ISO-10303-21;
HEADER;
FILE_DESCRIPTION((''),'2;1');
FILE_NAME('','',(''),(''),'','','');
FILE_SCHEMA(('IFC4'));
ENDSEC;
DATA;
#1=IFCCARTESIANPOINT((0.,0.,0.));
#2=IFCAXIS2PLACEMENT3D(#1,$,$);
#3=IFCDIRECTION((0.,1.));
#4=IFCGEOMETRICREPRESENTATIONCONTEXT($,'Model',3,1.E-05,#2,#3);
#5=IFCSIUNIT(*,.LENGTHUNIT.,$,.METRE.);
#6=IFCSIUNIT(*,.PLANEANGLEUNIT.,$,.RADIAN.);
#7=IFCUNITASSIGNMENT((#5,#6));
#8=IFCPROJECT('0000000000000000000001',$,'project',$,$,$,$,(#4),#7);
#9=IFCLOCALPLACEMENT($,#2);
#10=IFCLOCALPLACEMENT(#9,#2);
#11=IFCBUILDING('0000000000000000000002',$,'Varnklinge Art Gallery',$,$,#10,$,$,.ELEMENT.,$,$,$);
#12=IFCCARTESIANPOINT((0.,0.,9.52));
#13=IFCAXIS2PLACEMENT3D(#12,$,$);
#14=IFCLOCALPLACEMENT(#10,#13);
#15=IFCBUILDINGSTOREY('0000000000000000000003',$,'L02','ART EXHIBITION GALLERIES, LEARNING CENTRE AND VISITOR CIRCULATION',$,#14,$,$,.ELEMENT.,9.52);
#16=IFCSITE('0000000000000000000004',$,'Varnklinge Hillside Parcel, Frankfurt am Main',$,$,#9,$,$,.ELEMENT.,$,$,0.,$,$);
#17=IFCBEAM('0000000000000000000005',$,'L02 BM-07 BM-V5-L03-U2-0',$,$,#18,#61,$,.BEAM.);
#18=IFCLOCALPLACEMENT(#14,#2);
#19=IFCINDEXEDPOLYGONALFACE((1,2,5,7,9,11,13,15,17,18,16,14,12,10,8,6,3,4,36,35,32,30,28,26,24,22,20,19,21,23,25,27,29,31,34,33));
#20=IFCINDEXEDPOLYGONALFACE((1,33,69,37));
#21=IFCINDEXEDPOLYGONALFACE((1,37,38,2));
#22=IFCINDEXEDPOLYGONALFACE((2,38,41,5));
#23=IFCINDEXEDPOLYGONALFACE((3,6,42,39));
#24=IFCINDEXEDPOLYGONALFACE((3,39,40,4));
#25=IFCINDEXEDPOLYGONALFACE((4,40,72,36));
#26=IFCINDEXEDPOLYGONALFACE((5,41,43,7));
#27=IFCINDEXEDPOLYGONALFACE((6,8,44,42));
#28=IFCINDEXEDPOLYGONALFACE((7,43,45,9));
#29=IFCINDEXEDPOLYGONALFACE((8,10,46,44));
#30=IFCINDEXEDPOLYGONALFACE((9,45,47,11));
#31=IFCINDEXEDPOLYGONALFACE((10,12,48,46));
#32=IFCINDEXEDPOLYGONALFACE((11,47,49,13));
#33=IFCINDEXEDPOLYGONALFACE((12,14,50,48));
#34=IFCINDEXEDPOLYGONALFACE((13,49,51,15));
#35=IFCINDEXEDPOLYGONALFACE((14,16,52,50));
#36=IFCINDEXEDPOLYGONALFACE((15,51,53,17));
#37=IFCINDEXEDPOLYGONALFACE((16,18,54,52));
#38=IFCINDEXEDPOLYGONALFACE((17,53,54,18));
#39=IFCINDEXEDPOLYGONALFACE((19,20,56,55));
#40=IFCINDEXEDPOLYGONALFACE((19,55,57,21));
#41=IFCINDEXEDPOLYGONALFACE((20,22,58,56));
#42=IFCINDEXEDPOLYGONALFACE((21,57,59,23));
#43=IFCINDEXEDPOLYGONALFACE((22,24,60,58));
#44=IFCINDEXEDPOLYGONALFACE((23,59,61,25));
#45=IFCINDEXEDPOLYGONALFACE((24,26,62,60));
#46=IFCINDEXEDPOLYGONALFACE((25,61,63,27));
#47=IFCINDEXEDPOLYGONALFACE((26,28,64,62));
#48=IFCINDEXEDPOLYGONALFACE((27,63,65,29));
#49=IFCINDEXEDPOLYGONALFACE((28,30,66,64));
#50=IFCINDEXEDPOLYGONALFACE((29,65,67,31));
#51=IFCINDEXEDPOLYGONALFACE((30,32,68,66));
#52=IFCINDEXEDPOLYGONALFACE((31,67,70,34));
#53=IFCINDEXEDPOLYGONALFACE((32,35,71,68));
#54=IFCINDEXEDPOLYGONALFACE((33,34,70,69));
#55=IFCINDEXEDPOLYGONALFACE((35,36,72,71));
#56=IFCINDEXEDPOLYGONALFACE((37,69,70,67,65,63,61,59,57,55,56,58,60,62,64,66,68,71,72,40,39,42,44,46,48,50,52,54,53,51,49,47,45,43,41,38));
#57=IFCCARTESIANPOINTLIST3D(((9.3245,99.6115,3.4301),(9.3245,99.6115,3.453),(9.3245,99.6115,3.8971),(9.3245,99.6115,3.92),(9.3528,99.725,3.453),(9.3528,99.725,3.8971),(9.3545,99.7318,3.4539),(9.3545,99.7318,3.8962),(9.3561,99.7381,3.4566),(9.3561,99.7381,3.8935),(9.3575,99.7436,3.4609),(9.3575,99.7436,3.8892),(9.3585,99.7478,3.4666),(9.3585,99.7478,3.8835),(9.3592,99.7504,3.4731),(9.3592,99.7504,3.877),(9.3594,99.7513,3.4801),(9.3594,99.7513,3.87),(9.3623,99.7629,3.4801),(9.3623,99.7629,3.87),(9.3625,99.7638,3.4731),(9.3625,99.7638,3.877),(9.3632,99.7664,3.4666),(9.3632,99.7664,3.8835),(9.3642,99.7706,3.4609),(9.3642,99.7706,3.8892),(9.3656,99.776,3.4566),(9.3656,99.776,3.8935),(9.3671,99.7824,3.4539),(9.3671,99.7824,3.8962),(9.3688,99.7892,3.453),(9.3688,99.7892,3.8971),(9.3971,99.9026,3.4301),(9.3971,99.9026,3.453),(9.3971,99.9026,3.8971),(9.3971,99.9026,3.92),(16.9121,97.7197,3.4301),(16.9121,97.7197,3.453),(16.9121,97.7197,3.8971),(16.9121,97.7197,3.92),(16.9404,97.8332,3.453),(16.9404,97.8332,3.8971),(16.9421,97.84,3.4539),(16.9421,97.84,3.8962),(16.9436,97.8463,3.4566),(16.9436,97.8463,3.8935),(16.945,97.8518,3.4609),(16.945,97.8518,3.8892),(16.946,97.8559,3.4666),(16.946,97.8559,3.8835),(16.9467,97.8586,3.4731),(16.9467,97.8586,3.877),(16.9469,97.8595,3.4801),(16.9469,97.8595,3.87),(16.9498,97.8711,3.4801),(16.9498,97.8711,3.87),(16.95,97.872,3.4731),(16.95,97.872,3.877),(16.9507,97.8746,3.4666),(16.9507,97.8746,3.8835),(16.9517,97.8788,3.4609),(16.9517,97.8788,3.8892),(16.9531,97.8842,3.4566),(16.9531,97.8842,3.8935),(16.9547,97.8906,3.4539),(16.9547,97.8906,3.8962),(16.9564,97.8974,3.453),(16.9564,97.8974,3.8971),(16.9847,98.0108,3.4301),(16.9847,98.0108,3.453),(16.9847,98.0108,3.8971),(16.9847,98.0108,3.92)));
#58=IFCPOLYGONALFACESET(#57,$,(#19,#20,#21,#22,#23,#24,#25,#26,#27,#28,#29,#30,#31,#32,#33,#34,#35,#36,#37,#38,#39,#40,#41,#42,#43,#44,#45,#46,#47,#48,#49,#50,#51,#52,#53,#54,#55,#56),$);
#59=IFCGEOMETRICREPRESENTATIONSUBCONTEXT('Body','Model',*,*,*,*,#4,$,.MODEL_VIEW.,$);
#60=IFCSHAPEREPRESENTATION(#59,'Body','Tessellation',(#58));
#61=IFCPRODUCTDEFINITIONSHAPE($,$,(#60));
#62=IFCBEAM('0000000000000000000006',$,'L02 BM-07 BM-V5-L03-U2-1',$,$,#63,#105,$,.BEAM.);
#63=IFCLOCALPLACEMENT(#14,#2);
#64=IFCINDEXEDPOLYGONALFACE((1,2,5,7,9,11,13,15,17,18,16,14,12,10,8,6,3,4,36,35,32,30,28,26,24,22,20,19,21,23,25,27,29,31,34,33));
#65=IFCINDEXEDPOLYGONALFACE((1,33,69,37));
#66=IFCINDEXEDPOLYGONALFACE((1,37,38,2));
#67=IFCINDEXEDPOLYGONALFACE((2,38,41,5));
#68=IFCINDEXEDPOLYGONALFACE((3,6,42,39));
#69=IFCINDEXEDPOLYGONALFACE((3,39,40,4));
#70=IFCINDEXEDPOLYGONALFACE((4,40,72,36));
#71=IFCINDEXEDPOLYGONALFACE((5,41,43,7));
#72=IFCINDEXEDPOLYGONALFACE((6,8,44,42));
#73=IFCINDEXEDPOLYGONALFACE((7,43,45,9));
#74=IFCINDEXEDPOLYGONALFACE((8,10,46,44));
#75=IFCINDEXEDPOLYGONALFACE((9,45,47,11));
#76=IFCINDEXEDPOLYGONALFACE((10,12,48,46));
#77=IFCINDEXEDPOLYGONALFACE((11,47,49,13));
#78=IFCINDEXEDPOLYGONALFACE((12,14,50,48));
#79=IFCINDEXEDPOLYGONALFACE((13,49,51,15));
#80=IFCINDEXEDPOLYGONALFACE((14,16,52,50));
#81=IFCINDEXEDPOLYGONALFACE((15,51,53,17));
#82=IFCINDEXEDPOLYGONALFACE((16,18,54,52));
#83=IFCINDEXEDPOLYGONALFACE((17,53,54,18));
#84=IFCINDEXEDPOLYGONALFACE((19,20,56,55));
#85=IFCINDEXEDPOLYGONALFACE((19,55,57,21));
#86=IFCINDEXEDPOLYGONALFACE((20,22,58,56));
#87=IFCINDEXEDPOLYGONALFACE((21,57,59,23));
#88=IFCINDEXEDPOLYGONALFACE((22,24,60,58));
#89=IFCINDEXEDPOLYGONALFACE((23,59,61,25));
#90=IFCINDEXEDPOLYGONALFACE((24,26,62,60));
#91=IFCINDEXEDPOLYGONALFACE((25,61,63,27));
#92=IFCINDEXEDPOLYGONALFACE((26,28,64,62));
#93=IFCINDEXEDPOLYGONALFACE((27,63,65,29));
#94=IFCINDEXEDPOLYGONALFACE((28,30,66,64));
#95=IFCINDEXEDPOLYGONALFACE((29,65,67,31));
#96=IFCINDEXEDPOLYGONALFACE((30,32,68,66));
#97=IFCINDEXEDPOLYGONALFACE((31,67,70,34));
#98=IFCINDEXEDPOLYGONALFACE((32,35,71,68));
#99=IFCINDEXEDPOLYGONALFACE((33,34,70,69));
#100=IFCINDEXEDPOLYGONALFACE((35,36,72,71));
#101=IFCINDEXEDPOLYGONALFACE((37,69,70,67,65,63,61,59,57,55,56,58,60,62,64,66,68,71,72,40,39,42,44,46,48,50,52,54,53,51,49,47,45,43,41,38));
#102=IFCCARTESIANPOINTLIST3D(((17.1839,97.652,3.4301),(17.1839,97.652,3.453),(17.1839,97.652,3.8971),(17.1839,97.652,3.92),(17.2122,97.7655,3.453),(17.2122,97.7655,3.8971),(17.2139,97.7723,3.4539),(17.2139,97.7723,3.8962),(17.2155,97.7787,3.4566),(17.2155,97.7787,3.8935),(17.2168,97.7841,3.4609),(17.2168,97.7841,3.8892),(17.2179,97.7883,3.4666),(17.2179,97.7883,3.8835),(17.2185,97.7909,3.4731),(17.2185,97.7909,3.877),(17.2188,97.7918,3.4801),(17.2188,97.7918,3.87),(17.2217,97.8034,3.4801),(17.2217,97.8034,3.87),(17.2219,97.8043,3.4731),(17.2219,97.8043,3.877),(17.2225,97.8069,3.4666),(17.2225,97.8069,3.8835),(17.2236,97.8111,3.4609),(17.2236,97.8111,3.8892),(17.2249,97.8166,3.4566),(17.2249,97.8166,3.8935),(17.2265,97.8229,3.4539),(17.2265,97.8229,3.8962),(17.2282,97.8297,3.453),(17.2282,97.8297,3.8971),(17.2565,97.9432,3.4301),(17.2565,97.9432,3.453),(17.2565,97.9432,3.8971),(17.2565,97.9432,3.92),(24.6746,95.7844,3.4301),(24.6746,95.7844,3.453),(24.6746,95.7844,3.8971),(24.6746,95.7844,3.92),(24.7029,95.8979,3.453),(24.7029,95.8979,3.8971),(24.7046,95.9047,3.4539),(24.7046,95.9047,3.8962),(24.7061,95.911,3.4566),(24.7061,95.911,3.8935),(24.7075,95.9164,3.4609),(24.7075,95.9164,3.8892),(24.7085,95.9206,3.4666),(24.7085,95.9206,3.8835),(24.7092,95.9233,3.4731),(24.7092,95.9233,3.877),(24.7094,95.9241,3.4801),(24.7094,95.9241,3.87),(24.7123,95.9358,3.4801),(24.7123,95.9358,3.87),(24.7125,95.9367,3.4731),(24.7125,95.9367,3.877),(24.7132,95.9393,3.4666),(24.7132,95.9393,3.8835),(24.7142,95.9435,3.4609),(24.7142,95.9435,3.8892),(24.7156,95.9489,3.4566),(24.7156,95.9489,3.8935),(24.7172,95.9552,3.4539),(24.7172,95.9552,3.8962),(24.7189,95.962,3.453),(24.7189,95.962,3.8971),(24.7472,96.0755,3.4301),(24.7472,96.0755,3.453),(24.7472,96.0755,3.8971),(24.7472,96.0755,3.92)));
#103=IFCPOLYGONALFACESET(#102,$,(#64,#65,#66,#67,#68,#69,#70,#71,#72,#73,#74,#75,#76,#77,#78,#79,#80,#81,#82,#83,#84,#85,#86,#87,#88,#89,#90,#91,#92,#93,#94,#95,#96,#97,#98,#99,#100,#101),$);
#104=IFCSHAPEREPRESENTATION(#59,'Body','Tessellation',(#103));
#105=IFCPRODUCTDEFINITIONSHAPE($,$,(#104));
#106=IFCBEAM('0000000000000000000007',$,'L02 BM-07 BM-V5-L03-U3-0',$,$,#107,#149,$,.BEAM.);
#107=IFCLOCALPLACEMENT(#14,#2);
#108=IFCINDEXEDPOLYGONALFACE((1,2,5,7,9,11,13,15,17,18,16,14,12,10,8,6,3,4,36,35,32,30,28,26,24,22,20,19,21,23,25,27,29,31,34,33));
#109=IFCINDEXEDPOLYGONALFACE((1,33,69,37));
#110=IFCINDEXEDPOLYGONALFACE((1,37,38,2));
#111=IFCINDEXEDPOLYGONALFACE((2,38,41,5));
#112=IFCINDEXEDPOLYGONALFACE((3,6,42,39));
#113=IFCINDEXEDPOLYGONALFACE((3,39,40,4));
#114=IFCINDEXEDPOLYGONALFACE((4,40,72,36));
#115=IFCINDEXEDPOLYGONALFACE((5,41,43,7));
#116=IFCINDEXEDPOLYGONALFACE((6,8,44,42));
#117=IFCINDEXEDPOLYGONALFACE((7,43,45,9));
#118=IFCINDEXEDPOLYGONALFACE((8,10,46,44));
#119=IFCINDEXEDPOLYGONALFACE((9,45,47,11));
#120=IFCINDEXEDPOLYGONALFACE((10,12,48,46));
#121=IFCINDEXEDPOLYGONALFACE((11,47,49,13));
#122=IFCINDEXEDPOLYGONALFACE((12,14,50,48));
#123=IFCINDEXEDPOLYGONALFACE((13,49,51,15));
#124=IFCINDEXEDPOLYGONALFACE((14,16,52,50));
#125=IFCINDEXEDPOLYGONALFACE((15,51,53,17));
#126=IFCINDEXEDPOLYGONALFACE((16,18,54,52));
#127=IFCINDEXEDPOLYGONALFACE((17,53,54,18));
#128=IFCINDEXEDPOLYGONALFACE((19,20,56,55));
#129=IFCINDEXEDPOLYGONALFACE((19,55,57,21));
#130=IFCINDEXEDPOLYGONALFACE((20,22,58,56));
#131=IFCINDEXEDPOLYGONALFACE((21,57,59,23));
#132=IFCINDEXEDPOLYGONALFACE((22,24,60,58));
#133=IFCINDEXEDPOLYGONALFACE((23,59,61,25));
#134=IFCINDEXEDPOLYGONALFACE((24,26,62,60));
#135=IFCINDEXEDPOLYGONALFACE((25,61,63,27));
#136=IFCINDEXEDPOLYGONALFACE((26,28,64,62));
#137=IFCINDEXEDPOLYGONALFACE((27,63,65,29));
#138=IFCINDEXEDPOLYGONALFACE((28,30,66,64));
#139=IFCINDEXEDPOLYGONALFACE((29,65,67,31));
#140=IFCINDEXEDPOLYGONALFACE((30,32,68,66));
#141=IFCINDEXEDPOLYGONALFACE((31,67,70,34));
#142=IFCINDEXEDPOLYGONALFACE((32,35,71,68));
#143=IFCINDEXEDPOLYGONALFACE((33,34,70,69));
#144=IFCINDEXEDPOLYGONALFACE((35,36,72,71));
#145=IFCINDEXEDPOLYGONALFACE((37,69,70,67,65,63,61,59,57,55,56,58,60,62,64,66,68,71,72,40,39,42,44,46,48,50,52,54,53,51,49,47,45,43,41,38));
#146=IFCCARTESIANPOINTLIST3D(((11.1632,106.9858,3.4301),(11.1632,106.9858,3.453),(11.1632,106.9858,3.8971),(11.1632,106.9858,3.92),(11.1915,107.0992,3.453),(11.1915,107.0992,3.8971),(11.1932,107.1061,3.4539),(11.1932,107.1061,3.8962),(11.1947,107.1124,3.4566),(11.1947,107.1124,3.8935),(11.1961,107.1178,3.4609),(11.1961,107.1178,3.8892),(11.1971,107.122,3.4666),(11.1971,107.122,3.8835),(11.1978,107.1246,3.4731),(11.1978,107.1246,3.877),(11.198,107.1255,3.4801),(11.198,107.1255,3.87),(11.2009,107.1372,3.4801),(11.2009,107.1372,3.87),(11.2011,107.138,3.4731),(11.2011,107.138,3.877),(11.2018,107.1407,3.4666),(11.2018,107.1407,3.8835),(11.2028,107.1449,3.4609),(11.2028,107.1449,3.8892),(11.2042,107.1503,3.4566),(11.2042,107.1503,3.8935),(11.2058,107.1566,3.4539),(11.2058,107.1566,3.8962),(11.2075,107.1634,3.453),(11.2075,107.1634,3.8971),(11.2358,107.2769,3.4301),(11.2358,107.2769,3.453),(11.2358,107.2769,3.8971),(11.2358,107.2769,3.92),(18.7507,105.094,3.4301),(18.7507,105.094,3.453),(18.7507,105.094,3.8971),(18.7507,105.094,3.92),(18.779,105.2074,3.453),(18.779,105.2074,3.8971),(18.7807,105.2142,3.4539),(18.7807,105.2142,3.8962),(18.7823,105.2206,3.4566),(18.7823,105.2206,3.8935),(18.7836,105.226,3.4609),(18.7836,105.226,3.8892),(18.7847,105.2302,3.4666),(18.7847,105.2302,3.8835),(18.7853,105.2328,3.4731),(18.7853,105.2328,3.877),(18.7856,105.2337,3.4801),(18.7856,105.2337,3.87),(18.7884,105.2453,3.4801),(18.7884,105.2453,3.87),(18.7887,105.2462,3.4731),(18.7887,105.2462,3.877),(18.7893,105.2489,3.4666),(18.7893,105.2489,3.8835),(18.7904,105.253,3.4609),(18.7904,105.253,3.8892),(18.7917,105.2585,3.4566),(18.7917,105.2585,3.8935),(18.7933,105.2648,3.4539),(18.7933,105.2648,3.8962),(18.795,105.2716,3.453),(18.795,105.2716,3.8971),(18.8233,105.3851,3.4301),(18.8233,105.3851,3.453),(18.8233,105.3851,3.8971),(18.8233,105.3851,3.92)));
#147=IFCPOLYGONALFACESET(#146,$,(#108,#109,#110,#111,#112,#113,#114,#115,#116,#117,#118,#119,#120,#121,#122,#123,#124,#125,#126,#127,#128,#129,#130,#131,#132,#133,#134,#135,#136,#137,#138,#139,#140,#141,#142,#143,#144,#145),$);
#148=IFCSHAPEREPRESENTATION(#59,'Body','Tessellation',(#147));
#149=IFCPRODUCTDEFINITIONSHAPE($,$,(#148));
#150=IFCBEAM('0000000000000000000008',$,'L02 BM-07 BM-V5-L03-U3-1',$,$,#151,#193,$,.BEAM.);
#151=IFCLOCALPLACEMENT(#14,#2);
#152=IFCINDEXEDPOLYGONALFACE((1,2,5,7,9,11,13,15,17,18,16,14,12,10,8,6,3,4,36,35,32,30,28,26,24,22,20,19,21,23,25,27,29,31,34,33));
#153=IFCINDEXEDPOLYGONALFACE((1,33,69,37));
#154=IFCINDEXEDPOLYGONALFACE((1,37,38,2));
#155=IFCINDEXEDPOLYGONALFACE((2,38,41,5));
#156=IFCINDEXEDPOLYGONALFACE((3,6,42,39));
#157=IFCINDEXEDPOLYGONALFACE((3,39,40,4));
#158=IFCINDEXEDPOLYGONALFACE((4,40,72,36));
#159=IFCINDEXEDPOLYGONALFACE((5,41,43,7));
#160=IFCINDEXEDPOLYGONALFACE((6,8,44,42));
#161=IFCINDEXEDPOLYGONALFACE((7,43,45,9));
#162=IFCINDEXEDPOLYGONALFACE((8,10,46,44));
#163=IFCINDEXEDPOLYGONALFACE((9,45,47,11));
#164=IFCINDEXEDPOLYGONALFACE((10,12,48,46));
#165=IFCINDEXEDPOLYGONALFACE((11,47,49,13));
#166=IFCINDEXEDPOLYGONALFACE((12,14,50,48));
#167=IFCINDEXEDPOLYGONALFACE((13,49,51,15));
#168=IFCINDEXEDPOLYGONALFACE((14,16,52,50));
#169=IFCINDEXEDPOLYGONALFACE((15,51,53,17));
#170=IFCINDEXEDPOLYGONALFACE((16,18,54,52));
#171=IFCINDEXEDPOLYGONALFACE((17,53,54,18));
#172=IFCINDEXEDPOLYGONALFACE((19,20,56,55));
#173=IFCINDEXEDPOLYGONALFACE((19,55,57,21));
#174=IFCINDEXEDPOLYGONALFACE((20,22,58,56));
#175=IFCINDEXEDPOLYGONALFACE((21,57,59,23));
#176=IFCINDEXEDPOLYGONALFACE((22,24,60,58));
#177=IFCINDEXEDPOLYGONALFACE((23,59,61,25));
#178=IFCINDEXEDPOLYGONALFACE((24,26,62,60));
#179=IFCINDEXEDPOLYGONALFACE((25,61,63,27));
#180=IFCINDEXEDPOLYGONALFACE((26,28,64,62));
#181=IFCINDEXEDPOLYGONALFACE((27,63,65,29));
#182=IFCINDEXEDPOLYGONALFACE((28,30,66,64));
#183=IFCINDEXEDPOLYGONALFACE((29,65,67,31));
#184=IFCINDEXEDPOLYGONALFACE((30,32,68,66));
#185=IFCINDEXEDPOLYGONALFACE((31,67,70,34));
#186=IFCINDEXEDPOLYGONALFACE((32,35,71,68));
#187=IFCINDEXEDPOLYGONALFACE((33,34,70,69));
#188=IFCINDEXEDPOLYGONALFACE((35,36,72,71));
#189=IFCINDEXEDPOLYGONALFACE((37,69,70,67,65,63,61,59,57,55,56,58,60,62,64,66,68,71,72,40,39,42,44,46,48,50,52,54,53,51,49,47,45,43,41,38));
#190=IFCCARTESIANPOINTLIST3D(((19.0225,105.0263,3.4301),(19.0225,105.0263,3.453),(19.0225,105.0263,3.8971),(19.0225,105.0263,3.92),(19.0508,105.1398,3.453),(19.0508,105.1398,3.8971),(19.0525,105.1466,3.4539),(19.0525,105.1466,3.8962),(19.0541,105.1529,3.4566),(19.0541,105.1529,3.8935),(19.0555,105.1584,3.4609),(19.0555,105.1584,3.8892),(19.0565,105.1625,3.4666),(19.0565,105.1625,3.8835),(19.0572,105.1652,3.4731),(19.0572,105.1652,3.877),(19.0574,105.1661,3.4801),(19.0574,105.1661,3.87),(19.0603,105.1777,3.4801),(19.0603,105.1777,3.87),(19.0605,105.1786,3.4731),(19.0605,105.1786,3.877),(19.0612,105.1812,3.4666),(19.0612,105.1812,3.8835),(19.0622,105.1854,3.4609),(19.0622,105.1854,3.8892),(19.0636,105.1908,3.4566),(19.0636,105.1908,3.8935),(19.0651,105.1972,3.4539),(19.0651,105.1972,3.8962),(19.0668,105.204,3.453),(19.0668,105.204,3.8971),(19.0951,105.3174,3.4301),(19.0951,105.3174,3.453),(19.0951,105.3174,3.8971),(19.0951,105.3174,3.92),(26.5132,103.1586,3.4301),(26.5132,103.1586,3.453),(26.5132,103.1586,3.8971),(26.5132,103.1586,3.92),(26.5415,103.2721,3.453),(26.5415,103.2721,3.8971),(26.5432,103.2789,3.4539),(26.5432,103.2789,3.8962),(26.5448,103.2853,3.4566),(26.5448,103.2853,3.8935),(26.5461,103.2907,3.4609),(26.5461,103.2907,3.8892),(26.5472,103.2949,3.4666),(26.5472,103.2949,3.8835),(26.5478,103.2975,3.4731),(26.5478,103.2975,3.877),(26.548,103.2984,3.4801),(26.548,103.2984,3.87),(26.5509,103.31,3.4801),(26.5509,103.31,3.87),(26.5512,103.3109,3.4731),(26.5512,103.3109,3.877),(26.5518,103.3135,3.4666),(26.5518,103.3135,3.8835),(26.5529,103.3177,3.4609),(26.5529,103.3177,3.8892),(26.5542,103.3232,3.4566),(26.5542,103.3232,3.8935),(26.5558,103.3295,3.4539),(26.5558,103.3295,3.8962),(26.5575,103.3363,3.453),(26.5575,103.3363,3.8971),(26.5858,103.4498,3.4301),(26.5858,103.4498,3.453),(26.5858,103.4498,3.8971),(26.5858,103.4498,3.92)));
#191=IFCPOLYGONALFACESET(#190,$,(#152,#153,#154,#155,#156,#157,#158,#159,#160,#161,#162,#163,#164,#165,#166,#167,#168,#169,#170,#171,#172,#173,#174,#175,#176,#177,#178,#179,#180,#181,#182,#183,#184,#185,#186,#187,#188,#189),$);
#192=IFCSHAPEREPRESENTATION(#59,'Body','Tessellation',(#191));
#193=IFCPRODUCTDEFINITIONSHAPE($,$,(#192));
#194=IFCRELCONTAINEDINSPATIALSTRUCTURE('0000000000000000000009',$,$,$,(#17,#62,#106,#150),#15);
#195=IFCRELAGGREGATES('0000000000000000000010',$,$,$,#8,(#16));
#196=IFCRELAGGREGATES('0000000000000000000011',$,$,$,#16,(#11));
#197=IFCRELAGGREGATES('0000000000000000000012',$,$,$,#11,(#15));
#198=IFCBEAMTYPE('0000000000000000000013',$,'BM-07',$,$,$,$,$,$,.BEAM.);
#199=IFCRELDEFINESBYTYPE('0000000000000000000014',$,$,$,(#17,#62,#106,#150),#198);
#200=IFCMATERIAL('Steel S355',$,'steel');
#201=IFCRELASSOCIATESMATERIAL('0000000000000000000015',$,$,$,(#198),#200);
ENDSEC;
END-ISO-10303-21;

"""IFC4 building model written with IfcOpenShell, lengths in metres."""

from ifc_helpers import new_model, si_unit, direction, frame, origin, origin_2d, place, context, subcontext, project, spatial, i_section, extrude, material, material_profile, profile_set, type_object, element, save


model = new_model("IFC4")

# Units and contexts
model_context = context("Model", 3, precision=1e-05, world=origin(), true_north=direction((0.0, 1.0)))
body_context = subcontext(model_context, "Body", "Model", "MODEL_VIEW")
ifc_project = project(units=[si_unit("LENGTHUNIT", "METRE"), si_unit("PLANEANGLEUNIT", "RADIAN")], contexts=[model_context])

# Site, building, storey
site_placement = place(None, origin())
site = spatial("IfcSite", under=ifc_project, at=site_placement, Name="Varnklinge Hillside Parcel, Frankfurt am Main", CompositionType="ELEMENT", RefElevation=0.0)
building_placement = place(site_placement, origin())
building = spatial("IfcBuilding", under=site, at=building_placement, Name="Varnklinge Art Gallery", CompositionType="ELEMENT")
storey_placement = place(building_placement, frame((0.0, 0.0, 9.52)))
storey = spatial("IfcBuildingStorey", under=building, at=storey_placement, Name="L02", Description="ART EXHIBITION GALLERIES, LEARNING CENTRE AND VISITOR CIRCULATION", CompositionType="ELEMENT", Elevation=9.52)

# Beams
ifc_material_1 = material(Name="Steel S355", Category="steel")
ifc_material_profile_1 = material_profile(ifc_material_1, i_section(OverallWidth=0.3, OverallDepth=0.49, WebThickness=0.012, FlangeThickness=0.0229, FilletRadius=0.0271, at=origin_2d()), Name="HEA 500")
ifc_profile_set_1 = profile_set([ifc_material_profile_1], Name="Steel S355")
beam_type_1 = type_object("IfcBeamType", Name="BM-07", PredefinedType="BEAM", material=ifc_profile_set_1)
beam_1_placement = place(storey_placement, frame((9.3608, 99.7571, 3.675), z_axis=(0.970295, -0.241926, 0.0), x_axis=(0.241926, 0.970295, 0.0)))
element("IfcBeam", 1, at=beam_1_placement, inside=storey, type_object=beam_type_1, Name="L02 BM-07 BM-V5-L03-U2-0", PredefinedType="BEAM", context=body_context, shape_type="SweptSolid", body=[
    extrude(i_section(OverallWidth=0.3, OverallDepth=0.49, WebThickness=0.012, FlangeThickness=0.0229, FilletRadius=0.0271, at=origin_2d()), origin(), (0.0, 0.0, 1.0), 7.8198),
])
beam_2_placement = place(storey_placement, frame((17.2202, 97.7976, 3.675), z_axis=(0.970295, -0.241925, 0.0), x_axis=(0.241925, 0.970295, 0.0)))
element("IfcBeam", 2, at=beam_2_placement, inside=storey, type_object=beam_type_1, Name="L02 BM-07 BM-V5-L03-U2-1", PredefinedType="BEAM", context=body_context, shape_type="SweptSolid", body=[
    extrude(i_section(OverallWidth=0.3, OverallDepth=0.49, WebThickness=0.012, FlangeThickness=0.0229, FilletRadius=0.0271, at=origin_2d()), origin(), (0.0, 0.0, 1.0), 7.72),
])
beam_3_placement = place(storey_placement, frame((11.1995, 107.1313, 3.675), z_axis=(0.970295, -0.241926, 0.0), x_axis=(0.241926, 0.970295, 0.0)))
element("IfcBeam", 3, at=beam_3_placement, inside=storey, type_object=beam_type_1, Name="L02 BM-07 BM-V5-L03-U3-0", PredefinedType="BEAM", context=body_context, shape_type="SweptSolid", body=[
    extrude(i_section(OverallWidth=0.3, OverallDepth=0.49, WebThickness=0.012, FlangeThickness=0.0229, FilletRadius=0.0271, at=origin_2d()), origin(), (0.0, 0.0, 1.0), 7.8198),
])
beam_4_placement = place(storey_placement, frame((19.0588, 105.1719, 3.675), z_axis=(0.970295, -0.241925, 0.0), x_axis=(0.241925, 0.970295, 0.0)))
element("IfcBeam", 4, at=beam_4_placement, inside=storey, type_object=beam_type_1, Name="L02 BM-07 BM-V5-L03-U3-1", PredefinedType="BEAM", context=body_context, shape_type="SweptSolid", body=[
    extrude(i_section(OverallWidth=0.3, OverallDepth=0.49, WebThickness=0.012, FlangeThickness=0.0229, FilletRadius=0.0271, at=origin_2d()), origin(), (0.0, 0.0, 1.0), 7.72),
])

save(model, "model.ifc")
